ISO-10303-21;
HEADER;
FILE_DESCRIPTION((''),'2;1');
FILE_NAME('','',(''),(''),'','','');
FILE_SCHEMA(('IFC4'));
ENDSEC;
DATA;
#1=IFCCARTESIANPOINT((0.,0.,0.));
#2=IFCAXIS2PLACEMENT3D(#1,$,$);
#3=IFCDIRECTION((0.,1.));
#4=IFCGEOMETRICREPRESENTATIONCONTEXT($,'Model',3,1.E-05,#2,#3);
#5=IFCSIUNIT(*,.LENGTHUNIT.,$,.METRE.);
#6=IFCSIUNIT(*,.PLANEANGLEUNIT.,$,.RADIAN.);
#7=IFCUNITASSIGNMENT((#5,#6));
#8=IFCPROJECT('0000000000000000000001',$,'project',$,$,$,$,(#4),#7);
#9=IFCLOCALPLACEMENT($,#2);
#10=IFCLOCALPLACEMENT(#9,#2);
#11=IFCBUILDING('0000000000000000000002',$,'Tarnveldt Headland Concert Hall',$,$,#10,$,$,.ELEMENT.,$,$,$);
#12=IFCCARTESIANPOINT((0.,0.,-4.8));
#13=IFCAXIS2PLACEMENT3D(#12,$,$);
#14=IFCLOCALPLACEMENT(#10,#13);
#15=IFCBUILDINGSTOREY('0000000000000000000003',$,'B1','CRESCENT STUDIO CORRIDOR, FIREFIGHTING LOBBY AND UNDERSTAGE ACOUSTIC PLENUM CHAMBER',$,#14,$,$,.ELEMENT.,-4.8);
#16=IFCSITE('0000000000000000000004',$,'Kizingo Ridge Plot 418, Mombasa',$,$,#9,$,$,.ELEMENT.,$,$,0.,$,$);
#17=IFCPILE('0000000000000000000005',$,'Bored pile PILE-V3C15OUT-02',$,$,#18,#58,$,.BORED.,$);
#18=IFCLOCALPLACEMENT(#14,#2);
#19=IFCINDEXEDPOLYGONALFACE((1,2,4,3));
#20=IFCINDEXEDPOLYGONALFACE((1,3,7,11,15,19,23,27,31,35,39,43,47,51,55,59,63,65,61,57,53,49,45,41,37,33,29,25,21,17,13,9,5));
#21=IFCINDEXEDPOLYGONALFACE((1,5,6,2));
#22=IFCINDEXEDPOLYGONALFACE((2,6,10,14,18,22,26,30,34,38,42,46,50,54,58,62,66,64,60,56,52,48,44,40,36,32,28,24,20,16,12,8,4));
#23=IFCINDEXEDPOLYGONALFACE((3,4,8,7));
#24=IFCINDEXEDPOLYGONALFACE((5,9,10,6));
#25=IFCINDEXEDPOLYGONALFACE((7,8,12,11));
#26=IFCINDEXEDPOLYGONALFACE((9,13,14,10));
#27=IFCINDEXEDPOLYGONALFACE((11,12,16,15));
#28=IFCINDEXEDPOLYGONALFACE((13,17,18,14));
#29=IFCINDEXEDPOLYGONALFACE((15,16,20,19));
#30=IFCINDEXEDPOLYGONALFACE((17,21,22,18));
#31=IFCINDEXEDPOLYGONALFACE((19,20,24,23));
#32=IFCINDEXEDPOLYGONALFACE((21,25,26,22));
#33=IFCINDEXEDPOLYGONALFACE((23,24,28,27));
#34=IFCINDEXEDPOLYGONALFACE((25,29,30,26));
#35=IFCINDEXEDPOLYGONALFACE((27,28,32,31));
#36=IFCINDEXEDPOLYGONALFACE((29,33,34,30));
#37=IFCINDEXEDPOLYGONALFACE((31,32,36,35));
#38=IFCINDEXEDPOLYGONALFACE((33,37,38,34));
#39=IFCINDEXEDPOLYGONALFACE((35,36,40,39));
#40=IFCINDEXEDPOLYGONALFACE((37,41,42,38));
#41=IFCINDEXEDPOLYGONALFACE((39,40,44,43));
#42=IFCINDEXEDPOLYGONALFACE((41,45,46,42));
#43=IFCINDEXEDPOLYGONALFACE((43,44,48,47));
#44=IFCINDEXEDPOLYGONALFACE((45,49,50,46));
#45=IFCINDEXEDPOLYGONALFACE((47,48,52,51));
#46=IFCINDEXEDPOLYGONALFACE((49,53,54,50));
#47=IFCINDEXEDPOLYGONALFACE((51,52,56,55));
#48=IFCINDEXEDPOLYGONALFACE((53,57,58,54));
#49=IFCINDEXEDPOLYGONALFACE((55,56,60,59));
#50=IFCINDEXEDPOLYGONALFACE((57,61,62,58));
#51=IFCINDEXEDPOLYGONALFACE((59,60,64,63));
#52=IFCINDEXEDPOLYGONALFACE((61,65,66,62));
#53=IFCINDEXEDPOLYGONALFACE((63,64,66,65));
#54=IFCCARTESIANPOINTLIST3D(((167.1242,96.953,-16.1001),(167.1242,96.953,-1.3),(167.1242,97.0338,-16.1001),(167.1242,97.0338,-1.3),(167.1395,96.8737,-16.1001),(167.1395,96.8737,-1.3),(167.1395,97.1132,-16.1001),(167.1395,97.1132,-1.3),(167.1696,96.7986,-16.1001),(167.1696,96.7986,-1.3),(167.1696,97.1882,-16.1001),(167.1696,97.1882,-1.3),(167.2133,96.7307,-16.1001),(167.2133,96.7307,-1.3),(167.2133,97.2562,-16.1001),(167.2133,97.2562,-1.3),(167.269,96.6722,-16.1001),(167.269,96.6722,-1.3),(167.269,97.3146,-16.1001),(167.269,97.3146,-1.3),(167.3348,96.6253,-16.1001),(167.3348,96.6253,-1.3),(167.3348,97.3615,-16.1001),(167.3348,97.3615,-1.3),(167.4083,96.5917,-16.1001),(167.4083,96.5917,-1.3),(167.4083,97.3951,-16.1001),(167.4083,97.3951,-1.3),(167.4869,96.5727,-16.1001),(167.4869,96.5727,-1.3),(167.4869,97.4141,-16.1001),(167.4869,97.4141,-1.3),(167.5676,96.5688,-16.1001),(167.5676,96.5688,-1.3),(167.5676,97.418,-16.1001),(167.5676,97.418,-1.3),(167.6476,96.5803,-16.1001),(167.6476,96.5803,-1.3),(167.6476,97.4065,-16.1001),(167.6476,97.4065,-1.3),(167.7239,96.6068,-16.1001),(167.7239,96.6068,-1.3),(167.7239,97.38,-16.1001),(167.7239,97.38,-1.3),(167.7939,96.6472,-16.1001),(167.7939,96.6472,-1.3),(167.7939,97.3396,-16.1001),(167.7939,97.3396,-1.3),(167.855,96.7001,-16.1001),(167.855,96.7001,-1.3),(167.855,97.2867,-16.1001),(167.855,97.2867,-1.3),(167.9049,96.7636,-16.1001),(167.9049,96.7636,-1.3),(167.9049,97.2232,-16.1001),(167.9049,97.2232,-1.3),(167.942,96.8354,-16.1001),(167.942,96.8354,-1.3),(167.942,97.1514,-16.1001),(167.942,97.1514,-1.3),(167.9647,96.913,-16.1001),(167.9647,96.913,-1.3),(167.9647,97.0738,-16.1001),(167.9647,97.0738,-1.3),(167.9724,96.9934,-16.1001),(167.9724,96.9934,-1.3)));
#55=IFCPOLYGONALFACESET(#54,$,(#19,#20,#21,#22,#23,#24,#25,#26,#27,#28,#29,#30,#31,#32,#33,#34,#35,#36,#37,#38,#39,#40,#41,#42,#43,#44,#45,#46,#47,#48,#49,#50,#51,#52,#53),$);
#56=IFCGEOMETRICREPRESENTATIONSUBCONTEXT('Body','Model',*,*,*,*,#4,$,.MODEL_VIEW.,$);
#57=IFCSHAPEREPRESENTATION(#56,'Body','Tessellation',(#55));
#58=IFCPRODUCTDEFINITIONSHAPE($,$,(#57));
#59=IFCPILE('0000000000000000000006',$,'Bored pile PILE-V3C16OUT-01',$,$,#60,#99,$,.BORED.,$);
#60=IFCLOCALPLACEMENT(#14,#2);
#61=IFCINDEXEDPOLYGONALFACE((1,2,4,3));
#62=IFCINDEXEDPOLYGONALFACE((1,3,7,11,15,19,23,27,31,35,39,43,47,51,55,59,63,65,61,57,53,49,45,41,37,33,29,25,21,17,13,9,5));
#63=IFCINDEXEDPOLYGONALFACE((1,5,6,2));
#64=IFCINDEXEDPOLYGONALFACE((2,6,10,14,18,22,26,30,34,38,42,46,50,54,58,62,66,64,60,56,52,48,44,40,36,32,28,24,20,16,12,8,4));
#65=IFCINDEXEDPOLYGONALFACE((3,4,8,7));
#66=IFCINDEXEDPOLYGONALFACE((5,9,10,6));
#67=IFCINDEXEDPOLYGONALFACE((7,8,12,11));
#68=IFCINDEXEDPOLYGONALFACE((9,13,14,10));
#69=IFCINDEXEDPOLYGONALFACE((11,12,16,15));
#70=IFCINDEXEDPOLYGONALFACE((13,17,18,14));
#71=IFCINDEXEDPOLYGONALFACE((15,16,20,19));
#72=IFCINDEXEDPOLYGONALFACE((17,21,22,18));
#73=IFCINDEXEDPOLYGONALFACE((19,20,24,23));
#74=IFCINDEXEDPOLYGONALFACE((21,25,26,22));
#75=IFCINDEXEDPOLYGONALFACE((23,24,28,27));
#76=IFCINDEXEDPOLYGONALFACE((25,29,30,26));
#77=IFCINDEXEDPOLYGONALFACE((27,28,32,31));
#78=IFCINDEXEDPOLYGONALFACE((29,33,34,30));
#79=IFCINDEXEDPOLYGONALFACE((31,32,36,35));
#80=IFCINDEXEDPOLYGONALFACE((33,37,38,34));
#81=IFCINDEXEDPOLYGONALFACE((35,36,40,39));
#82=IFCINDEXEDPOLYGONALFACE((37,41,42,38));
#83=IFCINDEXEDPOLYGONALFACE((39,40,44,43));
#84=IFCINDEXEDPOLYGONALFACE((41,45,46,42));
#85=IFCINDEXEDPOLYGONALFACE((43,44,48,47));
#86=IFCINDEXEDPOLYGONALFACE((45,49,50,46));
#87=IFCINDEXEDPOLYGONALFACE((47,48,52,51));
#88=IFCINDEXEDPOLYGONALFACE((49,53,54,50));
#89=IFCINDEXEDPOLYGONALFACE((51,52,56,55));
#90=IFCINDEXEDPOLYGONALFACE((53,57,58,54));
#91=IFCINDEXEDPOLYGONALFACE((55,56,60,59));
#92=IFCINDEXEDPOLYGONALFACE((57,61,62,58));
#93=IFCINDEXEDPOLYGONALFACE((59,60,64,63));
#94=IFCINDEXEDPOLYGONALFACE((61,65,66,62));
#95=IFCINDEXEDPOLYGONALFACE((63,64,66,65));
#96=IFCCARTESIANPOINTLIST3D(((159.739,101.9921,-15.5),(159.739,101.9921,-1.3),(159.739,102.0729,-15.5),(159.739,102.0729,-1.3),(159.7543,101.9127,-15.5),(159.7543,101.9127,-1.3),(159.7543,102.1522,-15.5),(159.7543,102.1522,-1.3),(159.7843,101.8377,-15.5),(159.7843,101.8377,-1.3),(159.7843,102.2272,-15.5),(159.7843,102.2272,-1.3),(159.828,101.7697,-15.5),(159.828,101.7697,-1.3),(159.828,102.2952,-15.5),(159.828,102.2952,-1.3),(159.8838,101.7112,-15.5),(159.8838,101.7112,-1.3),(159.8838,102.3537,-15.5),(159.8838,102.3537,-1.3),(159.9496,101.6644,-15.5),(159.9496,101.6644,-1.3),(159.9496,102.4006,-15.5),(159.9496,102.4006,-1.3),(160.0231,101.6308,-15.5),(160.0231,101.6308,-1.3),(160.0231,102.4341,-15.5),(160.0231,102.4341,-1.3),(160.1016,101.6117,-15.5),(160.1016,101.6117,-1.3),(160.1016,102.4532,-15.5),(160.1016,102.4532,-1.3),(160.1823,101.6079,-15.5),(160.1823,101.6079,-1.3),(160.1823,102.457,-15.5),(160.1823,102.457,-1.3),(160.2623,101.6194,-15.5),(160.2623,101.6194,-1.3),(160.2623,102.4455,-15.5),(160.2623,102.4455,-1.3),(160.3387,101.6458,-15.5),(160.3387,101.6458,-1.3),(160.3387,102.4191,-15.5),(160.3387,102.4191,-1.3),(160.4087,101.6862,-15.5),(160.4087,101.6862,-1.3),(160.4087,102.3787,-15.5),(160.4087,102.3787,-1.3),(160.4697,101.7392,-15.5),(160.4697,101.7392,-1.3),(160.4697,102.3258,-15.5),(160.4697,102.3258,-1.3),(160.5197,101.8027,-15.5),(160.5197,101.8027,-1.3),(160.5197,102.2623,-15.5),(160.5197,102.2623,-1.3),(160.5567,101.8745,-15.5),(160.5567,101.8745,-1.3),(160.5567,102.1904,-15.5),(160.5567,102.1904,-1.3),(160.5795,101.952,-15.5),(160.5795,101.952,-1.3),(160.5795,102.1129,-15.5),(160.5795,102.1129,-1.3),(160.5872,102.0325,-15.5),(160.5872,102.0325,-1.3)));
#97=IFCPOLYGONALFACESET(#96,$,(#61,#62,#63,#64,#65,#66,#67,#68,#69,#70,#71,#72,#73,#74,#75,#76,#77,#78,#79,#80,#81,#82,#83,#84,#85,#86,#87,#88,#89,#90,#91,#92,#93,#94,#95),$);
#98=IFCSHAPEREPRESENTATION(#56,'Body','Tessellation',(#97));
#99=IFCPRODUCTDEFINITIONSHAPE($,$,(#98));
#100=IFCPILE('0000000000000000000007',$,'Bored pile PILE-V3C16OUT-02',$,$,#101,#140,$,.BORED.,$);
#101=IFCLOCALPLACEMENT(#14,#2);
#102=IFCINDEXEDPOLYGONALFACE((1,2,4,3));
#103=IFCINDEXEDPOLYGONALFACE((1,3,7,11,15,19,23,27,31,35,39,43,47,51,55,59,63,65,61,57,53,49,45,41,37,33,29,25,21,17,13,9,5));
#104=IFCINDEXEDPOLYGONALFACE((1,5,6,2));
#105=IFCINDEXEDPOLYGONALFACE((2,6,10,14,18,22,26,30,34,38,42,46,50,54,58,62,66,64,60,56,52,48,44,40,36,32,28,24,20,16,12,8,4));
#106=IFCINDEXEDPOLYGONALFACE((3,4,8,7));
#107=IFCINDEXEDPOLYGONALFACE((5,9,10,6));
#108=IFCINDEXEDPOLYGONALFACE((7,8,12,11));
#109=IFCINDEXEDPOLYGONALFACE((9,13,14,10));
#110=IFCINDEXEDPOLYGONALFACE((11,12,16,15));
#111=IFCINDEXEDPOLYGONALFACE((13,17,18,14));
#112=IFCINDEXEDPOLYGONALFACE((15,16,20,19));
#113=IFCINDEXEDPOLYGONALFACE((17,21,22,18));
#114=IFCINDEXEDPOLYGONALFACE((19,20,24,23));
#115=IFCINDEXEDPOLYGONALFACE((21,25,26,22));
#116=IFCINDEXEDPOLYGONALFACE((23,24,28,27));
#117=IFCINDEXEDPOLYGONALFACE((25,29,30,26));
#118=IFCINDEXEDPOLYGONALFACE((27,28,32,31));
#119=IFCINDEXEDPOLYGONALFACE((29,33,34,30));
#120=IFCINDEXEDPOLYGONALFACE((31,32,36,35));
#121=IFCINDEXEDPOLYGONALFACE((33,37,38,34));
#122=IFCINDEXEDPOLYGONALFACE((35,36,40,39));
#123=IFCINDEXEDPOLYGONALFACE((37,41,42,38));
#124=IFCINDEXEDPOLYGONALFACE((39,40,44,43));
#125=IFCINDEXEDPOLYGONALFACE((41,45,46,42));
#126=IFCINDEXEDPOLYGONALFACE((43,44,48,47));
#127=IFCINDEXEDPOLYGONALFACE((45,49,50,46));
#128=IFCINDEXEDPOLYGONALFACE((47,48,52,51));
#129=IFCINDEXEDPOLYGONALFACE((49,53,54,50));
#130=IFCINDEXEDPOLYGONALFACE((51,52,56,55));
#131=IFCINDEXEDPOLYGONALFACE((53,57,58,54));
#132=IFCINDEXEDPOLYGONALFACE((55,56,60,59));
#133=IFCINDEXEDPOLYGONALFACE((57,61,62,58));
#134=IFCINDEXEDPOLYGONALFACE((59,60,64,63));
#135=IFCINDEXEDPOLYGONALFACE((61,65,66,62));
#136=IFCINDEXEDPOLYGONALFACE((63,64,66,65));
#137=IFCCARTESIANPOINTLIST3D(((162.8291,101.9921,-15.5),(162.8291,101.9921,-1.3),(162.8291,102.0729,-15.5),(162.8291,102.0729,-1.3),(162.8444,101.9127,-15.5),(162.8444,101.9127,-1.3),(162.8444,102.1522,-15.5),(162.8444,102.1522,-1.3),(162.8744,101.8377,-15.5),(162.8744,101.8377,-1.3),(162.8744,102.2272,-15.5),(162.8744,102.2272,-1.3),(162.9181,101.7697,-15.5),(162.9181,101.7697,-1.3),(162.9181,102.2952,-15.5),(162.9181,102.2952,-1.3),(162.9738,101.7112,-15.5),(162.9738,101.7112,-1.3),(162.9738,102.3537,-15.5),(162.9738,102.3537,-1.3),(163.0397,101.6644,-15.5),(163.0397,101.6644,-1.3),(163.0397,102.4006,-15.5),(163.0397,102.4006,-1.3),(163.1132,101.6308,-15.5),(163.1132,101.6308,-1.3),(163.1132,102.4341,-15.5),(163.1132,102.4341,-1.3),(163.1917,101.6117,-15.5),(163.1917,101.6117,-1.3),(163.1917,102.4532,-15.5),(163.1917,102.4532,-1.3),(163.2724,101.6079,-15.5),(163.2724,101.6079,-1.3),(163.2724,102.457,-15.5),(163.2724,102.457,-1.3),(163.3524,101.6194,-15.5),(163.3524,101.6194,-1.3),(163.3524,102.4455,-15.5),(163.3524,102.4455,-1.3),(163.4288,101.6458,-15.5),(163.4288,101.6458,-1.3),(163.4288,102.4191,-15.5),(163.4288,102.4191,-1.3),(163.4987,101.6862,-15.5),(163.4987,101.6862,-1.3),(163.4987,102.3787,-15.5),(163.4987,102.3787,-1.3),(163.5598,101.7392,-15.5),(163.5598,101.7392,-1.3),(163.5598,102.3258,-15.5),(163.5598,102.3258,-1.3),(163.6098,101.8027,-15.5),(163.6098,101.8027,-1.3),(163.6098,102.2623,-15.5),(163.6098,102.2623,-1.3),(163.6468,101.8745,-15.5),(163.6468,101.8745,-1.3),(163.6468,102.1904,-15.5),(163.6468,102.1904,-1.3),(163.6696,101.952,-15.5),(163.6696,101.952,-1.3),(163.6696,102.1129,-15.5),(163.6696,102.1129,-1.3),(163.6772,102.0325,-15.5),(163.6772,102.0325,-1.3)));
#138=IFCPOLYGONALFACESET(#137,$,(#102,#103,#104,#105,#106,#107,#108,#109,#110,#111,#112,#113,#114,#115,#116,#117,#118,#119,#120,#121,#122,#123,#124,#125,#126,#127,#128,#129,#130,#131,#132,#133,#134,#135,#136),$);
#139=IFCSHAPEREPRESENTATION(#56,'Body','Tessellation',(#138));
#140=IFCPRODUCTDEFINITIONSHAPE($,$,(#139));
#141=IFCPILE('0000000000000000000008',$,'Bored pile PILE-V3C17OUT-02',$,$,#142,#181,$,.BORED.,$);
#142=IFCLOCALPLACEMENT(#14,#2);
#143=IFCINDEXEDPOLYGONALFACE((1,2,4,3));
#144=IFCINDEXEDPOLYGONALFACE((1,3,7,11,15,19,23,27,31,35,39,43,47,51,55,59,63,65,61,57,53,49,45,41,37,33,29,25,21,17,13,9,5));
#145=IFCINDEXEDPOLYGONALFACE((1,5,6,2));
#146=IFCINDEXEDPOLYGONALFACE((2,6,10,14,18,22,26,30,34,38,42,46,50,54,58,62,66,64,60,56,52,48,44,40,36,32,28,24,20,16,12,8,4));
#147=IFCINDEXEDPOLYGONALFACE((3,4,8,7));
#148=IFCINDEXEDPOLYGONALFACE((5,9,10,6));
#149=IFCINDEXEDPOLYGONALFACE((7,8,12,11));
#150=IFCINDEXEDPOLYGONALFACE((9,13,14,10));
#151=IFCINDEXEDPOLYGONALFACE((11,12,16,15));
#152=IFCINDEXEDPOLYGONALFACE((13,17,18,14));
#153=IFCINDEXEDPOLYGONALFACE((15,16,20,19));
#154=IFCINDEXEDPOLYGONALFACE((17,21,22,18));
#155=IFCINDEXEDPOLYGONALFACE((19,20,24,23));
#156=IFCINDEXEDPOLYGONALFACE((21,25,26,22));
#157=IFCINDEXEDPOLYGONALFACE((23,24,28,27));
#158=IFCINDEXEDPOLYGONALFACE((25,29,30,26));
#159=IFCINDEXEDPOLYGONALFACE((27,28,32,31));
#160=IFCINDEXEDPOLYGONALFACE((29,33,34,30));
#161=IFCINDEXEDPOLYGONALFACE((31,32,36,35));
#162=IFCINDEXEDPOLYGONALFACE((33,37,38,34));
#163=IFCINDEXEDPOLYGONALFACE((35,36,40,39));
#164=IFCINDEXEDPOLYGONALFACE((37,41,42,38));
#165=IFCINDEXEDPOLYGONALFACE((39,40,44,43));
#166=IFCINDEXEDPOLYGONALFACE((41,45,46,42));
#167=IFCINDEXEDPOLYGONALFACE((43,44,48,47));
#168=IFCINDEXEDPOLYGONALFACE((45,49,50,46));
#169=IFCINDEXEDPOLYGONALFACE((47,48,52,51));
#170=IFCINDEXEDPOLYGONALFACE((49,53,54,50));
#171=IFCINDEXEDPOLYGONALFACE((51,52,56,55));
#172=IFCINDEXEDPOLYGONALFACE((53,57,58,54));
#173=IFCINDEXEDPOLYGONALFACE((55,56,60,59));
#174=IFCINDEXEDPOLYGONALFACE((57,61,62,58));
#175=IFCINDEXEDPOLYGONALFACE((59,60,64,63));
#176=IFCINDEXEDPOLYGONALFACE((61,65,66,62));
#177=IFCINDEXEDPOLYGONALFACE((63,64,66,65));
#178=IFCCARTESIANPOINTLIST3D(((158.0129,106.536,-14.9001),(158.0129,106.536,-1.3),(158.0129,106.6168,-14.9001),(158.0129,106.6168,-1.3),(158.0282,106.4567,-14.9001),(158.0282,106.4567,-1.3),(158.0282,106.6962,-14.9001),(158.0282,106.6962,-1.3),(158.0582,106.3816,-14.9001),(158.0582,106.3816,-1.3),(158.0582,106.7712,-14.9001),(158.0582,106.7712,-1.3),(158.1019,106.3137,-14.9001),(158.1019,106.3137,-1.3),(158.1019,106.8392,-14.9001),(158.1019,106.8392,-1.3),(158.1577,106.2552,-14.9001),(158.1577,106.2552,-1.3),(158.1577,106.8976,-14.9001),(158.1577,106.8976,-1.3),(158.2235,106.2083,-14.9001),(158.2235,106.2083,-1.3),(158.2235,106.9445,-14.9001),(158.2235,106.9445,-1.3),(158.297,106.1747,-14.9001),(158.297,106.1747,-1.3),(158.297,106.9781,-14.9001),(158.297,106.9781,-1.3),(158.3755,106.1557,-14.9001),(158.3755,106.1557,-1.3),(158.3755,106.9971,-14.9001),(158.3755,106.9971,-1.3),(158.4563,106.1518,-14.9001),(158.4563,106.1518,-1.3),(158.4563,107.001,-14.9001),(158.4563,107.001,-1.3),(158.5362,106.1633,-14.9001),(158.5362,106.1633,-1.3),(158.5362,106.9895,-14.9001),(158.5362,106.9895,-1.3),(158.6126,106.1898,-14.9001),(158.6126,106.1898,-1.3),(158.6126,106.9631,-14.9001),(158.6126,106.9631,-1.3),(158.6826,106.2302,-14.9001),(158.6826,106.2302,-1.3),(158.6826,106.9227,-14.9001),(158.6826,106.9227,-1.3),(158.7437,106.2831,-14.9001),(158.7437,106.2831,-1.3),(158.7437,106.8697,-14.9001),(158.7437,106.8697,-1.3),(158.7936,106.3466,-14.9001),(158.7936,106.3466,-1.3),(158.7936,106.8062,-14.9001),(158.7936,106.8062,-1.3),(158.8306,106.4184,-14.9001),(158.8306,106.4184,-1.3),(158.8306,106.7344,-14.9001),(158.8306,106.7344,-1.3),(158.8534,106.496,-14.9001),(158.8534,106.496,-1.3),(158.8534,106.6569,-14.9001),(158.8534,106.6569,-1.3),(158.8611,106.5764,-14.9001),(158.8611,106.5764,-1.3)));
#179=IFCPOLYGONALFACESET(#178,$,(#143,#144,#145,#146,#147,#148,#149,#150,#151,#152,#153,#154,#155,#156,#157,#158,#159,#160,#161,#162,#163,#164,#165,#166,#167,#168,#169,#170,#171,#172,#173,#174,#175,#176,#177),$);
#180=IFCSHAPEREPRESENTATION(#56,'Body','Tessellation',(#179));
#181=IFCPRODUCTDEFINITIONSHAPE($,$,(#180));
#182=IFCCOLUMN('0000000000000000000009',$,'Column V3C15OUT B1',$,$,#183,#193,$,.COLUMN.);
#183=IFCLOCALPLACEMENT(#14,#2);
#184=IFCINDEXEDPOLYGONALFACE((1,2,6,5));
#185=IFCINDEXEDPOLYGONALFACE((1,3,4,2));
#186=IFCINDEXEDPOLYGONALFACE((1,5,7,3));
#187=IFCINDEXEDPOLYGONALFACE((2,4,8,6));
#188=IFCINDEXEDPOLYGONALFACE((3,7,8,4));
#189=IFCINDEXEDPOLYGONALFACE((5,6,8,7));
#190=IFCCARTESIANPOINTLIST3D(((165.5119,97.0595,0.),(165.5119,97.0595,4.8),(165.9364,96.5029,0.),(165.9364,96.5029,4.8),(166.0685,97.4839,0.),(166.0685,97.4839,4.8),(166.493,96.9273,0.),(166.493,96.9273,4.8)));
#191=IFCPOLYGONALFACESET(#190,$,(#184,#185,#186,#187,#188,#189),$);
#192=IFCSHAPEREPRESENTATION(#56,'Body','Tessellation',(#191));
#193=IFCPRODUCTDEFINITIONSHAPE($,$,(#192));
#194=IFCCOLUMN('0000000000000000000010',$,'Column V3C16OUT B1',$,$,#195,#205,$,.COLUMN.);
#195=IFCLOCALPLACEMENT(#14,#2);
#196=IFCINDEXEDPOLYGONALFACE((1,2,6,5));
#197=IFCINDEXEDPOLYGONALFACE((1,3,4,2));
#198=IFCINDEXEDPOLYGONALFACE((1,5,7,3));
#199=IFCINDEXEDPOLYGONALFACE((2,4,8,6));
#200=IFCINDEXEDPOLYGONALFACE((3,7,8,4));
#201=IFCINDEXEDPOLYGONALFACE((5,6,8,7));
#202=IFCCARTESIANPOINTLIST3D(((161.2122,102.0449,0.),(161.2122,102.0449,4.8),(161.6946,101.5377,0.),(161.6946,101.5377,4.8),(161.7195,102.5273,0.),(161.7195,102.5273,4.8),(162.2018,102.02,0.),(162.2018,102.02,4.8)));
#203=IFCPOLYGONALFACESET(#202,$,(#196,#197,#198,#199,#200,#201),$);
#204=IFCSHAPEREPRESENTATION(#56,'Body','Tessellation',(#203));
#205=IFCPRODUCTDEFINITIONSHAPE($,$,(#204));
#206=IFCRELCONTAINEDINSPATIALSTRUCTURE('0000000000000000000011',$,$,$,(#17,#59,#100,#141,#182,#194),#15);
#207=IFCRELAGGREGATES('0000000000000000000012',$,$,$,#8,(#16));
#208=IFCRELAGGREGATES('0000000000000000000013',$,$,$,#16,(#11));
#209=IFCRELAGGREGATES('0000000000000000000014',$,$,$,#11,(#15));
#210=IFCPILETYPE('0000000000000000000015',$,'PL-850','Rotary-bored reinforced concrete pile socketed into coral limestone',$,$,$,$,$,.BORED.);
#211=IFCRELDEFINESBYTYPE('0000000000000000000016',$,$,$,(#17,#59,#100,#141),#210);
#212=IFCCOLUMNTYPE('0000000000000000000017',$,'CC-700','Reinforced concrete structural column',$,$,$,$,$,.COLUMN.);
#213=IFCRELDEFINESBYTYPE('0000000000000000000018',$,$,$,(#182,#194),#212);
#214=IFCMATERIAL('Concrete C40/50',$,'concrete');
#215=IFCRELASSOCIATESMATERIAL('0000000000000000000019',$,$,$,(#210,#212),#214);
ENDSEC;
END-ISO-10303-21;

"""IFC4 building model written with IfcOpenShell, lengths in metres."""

from ifc_helpers import new_model, si_unit, direction, frame, origin, origin_2d, place, context, subcontext, project, spatial, rectangle, circle, extrude, material, material_profile, profile_set, type_object, element, save


model = new_model("IFC4")

# Units and contexts
model_context = context("Model", 3, precision=1e-05, world=origin(), true_north=direction((0.0, 1.0)))
body_context = subcontext(model_context, "Body", "Model", "MODEL_VIEW")
ifc_project = project(units=[si_unit("LENGTHUNIT", "METRE"), si_unit("PLANEANGLEUNIT", "RADIAN")], contexts=[model_context])

# Site, building, storey
site_placement = place(None, origin())
site = spatial("IfcSite", under=ifc_project, at=site_placement, Name="Kizingo Ridge Plot 418, Mombasa", CompositionType="ELEMENT", RefElevation=0.0)
building_placement = place(site_placement, origin())
building = spatial("IfcBuilding", under=site, at=building_placement, Name="Tarnveldt Headland Concert Hall", CompositionType="ELEMENT")
storey_placement = place(building_placement, frame((0.0, 0.0, -4.8)))
storey = spatial("IfcBuildingStorey", under=building, at=storey_placement, Name="B1", Description="CRESCENT STUDIO CORRIDOR, FIREFIGHTING LOBBY AND UNDERSTAGE ACOUSTIC PLENUM CHAMBER", CompositionType="ELEMENT", Elevation=-4.8)

# Shared definitions
ifc_material_1 = material(Name="Concrete C40/50", Category="concrete")

# Piles
ifc_material_profile_1 = material_profile(ifc_material_1, circle(Radius=0.425, at=origin_2d()), Name="BORED PILE D850", Category="concrete")
ifc_profile_set_1 = profile_set([ifc_material_profile_1], Name="Concrete C40/50")
pile_type_1 = type_object("IfcPileType", Name="PL-850", Description="Rotary-bored reinforced concrete pile socketed into coral limestone", PredefinedType="BORED", material=ifc_profile_set_1)
for number, where, z_axis, x_axis, name in (
    (1, (167.5474, 96.9934, -1.3), (0.0, 0.0, -1.0), (1.0, 0.0, 0.0), "Bored pile PILE-V3C15OUT-02"),
):
    element("IfcPile", number, at=place(storey_placement, frame(where, z_axis=z_axis, x_axis=x_axis)), inside=storey, type_object=pile_type_1, Name=name, PredefinedType="BORED", context=body_context, shape_type="SweptSolid", body=[
        extrude(circle(Radius=0.425, at=origin_2d()), origin(), (0.0, 0.0, 1.0), 14.8),
    ])
for number, where, z_axis, x_axis, name in (
    (2, (160.1621, 102.0325, -1.3), (0.0, 0.0, -1.0), (1.0, 0.0, 0.0), "Bored pile PILE-V3C16OUT-01"),
    (3, (163.2522, 102.0325, -1.3), (0.0, 0.0, -1.0), (1.0, 0.0, 0.0), "Bored pile PILE-V3C16OUT-02"),
):
    element("IfcPile", number, at=place(storey_placement, frame(where, z_axis=z_axis, x_axis=x_axis)), inside=storey, type_object=pile_type_1, Name=name, PredefinedType="BORED", context=body_context, shape_type="SweptSolid", body=[
        extrude(circle(Radius=0.425, at=origin_2d()), origin(), (0.0, 0.0, 1.0), 14.2),
    ])
pile_placement = place(storey_placement, frame((158.436, 106.5764, -1.3), z_axis=(0.0, 0.0, -1.0), x_axis=(1.0, 0.0, 0.0)))
element("IfcPile", 4, at=pile_placement, inside=storey, type_object=pile_type_1, Name="Bored pile PILE-V3C17OUT-02", PredefinedType="BORED", context=body_context, shape_type="SweptSolid", body=[
    extrude(circle(Radius=0.425, at=origin_2d()), origin(), (0.0, 0.0, 1.0), 13.6001),
])

# Columns
ifc_material_profile_2 = material_profile(ifc_material_1, rectangle(XDim=0.7, YDim=0.7, at=origin_2d()), Name="RC 700x700", Category="concrete")
ifc_profile_set_2 = profile_set([ifc_material_profile_2], Name="Concrete C40/50")
column_type = type_object("IfcColumnType", Name="CC-700", Description="Reinforced concrete structural column", PredefinedType="COLUMN", material=ifc_profile_set_2)
for number, where, z_axis, x_axis, name in (
    (5, (166.0024, 96.9934, 0.0), (0.0, 0.0, 1.0), (0.795156, 0.606405, 0.0), "Column V3C15OUT B1"),
    (6, (161.707, 102.0325, 0.0), (0.0, 0.0, 1.0), (0.724653, 0.689114, 0.0), "Column V3C16OUT B1"),
):
    element("IfcColumn", number, at=place(storey_placement, frame(where, z_axis=z_axis, x_axis=x_axis)), inside=storey, type_object=column_type, Name=name, PredefinedType="COLUMN", context=body_context, shape_type="SweptSolid", body=[
        extrude(rectangle(XDim=0.7, YDim=0.7, at=origin_2d()), origin(), (0.0, 0.0, 1.0), 4.8),
    ])

save(model, "model.ifc")
